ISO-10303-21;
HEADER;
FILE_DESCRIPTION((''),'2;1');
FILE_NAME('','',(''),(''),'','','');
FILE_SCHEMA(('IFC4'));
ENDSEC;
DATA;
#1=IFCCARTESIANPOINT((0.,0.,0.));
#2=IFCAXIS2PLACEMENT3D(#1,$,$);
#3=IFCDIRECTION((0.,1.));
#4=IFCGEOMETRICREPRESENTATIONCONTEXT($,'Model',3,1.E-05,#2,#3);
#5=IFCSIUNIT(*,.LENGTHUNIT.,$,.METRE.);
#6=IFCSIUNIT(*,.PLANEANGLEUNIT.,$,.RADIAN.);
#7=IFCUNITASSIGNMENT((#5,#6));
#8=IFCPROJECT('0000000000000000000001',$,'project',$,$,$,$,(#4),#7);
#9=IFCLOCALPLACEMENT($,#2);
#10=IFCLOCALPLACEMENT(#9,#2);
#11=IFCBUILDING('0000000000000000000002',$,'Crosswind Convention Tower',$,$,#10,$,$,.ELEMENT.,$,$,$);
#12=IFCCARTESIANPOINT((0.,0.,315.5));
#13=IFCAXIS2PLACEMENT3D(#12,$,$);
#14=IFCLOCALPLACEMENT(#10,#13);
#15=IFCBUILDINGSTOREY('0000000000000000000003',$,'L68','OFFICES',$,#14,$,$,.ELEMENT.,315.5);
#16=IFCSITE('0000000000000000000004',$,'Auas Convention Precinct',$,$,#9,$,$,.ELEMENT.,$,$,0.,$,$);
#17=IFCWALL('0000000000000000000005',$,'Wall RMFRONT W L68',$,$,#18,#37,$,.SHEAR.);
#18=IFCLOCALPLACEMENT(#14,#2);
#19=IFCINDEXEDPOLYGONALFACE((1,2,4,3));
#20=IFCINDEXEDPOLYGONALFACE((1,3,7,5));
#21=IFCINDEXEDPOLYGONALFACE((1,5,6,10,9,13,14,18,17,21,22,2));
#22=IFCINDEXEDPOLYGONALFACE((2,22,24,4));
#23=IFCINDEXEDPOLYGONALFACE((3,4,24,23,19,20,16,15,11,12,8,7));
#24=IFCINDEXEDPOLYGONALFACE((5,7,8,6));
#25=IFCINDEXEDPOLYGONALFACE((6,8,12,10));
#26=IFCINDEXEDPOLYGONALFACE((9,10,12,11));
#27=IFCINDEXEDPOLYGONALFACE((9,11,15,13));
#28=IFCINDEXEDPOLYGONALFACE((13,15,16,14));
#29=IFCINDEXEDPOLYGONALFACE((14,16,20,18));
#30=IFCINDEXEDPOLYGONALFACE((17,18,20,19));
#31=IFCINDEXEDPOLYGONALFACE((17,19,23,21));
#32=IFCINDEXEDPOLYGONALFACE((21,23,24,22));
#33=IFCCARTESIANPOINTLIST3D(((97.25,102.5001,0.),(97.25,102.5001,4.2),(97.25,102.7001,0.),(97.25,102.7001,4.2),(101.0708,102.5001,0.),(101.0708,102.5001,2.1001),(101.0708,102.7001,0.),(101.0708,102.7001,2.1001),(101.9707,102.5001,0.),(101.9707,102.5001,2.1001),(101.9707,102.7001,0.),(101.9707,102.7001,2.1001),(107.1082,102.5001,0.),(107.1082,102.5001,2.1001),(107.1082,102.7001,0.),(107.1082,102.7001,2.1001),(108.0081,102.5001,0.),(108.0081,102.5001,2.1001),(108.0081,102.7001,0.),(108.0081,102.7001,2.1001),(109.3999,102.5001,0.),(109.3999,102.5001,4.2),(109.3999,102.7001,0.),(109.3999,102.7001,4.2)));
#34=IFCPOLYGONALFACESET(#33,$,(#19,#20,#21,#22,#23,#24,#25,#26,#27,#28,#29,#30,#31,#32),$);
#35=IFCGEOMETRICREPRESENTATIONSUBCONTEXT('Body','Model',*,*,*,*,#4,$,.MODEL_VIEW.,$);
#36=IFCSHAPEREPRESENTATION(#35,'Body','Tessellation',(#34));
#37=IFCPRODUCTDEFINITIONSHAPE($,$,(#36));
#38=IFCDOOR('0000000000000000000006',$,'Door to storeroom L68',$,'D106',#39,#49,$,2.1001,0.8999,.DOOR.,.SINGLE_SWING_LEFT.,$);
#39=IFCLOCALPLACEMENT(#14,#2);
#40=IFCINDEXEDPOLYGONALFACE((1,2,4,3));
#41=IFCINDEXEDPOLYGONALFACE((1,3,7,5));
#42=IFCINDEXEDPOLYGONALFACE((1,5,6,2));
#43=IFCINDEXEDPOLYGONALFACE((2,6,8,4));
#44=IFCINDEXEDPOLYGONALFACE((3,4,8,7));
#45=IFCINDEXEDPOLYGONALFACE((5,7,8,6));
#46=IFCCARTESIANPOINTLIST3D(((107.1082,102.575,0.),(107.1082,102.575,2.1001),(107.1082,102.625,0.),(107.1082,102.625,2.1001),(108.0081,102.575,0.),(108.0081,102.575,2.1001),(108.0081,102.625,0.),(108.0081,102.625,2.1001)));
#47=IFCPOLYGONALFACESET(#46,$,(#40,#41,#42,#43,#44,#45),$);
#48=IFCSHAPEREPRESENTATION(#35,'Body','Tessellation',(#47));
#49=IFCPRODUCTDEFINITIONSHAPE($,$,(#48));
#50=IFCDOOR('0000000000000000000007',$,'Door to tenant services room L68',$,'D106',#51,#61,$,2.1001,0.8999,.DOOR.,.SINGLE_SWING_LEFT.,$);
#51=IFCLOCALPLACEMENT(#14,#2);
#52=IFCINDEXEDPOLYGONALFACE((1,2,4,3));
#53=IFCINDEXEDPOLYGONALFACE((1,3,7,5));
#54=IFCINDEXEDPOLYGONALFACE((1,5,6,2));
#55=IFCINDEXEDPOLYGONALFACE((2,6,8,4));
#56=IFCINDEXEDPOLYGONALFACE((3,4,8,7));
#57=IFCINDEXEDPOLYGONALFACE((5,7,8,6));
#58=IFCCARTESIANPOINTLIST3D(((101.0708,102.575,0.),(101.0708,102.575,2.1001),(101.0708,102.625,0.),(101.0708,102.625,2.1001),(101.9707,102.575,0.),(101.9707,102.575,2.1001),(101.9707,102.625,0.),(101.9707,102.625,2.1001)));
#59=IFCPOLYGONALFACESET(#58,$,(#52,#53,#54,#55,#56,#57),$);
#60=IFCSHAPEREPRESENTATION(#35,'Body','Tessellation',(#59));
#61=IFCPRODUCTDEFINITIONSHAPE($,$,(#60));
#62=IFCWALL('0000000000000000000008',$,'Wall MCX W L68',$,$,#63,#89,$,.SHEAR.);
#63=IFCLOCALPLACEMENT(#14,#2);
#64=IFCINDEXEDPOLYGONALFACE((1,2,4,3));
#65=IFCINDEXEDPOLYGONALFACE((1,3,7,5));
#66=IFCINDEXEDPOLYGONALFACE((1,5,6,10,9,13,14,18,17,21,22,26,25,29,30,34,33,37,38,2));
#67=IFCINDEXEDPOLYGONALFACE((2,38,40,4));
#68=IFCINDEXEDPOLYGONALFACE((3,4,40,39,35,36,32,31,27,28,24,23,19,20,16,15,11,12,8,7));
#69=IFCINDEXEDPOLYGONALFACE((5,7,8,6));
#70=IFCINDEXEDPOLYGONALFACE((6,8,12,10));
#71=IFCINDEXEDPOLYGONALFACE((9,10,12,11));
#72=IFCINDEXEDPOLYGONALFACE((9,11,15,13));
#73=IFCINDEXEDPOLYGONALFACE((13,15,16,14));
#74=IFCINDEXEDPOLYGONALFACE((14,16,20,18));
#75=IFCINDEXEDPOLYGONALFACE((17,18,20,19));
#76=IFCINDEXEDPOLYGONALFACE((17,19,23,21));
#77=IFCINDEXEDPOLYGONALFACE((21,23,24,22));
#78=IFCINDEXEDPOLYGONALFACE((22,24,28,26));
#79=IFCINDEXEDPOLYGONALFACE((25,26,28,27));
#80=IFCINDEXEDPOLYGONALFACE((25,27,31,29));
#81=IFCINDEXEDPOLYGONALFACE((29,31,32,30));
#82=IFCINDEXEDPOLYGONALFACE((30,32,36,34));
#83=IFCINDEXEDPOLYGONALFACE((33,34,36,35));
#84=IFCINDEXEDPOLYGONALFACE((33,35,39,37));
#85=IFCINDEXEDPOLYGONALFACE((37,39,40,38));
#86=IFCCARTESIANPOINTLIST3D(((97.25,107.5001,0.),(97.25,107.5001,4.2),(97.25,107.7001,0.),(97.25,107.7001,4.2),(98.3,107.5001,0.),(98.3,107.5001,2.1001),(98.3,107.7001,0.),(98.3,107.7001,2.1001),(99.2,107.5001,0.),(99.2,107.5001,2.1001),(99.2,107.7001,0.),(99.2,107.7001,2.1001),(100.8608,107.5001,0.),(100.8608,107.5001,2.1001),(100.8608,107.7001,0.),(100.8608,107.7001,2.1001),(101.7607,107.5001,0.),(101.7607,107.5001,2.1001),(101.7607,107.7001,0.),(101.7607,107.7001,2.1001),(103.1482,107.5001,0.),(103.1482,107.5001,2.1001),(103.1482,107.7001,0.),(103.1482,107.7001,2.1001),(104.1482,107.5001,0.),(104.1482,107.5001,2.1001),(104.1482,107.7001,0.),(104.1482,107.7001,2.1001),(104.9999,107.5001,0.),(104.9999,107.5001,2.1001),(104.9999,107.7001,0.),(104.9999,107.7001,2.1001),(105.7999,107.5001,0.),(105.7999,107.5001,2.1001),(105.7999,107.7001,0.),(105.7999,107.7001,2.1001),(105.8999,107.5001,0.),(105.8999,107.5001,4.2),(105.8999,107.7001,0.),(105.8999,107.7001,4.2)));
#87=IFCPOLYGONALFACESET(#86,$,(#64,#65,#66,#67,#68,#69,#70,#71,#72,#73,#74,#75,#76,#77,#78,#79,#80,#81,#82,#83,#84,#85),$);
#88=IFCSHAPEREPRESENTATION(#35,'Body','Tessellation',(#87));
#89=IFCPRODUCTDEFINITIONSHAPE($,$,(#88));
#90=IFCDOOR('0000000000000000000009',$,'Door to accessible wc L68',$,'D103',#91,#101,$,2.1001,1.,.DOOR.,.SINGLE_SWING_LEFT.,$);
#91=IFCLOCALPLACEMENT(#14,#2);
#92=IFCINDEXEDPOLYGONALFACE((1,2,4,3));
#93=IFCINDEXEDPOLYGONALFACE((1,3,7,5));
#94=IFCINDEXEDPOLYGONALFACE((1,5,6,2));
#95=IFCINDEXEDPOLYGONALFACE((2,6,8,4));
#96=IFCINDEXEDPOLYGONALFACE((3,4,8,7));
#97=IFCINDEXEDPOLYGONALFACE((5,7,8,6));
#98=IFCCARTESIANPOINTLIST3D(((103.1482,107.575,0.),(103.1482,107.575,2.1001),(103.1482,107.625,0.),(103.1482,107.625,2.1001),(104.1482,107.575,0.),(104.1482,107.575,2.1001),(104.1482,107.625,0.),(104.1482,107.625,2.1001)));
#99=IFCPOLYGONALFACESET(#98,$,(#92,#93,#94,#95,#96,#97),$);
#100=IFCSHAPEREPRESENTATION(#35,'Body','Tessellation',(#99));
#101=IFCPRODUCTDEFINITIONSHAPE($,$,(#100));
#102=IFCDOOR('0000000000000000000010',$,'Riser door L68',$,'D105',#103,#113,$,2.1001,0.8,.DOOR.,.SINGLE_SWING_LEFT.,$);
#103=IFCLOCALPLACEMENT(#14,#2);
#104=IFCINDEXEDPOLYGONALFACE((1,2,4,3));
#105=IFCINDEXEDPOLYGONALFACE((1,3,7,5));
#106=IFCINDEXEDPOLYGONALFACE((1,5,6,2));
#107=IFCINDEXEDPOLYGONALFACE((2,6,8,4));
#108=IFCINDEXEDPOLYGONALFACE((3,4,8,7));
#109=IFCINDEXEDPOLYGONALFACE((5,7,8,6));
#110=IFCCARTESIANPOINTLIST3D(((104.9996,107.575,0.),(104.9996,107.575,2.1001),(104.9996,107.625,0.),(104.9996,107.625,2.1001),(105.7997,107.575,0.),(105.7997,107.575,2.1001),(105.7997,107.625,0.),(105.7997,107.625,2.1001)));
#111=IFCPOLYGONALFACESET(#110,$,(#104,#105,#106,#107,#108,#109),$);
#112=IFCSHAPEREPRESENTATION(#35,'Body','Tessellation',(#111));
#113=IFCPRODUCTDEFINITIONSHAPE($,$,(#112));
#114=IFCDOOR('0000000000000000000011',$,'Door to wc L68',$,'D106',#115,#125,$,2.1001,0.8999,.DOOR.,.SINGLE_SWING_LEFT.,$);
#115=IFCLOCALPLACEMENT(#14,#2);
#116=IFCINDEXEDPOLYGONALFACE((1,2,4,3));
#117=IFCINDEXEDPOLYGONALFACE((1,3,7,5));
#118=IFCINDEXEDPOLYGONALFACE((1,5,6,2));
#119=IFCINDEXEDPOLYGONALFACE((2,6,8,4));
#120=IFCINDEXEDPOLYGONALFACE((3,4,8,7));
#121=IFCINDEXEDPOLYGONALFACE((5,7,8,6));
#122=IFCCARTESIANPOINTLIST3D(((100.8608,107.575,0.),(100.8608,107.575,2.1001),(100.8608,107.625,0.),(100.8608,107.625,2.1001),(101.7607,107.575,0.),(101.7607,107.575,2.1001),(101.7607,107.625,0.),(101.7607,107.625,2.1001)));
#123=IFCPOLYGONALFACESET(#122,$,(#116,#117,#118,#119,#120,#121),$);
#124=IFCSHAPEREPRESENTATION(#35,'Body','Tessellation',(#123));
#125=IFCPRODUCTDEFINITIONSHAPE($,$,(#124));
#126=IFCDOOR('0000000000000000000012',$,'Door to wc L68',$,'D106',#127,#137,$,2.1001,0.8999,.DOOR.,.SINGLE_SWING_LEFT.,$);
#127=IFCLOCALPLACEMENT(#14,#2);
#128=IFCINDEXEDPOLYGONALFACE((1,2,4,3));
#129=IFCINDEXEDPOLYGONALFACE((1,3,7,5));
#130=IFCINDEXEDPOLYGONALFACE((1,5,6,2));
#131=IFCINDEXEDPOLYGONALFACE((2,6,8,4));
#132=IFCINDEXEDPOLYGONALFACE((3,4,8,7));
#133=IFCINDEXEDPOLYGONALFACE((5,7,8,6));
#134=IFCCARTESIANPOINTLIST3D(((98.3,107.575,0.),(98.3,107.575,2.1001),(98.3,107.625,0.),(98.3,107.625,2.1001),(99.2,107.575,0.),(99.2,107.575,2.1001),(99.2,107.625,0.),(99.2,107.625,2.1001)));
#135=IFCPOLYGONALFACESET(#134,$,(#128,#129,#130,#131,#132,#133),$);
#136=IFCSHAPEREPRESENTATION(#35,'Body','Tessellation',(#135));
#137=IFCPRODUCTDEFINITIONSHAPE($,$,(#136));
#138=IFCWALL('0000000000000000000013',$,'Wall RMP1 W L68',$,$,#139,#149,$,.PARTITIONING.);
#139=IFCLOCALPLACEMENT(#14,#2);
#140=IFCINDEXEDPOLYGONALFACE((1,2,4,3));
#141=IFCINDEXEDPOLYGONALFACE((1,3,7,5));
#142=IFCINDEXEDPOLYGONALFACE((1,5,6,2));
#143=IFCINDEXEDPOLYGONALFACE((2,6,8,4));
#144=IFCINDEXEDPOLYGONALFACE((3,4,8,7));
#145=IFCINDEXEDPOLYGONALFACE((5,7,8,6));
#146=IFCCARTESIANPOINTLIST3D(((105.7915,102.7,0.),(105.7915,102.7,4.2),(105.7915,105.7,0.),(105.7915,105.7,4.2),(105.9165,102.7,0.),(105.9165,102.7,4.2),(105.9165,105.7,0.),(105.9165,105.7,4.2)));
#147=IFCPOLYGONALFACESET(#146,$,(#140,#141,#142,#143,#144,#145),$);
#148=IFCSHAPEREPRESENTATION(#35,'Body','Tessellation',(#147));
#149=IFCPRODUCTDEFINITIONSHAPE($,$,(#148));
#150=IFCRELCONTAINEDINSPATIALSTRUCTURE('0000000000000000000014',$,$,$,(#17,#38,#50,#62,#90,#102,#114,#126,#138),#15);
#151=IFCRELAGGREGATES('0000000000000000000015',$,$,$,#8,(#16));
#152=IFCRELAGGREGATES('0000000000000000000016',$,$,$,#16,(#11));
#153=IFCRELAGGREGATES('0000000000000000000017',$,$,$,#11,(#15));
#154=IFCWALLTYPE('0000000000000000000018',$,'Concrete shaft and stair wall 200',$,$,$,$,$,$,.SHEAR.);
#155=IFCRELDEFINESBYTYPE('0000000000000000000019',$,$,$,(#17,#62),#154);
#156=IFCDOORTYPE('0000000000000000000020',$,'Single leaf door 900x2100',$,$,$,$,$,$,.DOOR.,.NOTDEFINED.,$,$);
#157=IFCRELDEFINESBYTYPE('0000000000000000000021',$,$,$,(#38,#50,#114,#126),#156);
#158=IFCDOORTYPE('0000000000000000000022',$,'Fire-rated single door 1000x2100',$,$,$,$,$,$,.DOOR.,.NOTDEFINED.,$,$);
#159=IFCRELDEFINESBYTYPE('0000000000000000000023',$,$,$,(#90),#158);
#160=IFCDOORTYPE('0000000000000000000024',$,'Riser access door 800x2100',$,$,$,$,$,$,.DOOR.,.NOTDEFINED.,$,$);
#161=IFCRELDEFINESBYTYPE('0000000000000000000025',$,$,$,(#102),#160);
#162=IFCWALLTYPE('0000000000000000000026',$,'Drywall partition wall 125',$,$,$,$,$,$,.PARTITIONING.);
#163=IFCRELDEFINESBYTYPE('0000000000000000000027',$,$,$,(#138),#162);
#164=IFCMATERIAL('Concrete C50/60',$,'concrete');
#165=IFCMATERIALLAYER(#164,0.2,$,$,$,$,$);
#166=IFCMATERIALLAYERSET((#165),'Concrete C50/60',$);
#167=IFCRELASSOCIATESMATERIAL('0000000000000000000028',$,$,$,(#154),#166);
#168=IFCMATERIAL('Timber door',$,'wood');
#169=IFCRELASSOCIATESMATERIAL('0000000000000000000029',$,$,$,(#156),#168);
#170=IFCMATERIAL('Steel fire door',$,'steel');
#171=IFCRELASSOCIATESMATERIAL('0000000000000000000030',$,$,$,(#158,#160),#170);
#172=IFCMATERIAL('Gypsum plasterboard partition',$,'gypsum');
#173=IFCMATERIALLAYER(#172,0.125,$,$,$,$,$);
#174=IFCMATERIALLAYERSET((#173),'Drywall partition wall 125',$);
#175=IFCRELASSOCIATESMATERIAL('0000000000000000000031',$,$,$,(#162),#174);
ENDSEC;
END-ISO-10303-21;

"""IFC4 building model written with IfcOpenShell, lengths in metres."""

from ifc_helpers import new_model, si_unit, direction, frame, frame_2d, origin, place, context, subcontext, project, spatial, rectangle, extrude, material, layer, layer_set, type_object, element, fill, save


model = new_model("IFC4")

# Units and contexts
model_context = context("Model", 3, precision=1e-05, world=origin(), true_north=direction((0.0, 1.0)))
body_context = subcontext(model_context, "Body", "Model", "MODEL_VIEW")
ifc_project = project(units=[si_unit("LENGTHUNIT", "METRE"), si_unit("PLANEANGLEUNIT", "RADIAN")], contexts=[model_context])

# Site, building, storey
site_placement = place(None, origin())
site = spatial("IfcSite", under=ifc_project, at=site_placement, Name="Auas Convention Precinct", CompositionType="ELEMENT", RefElevation=0.0)
building_placement = place(site_placement, origin())
building = spatial("IfcBuilding", under=site, at=building_placement, Name="Crosswind Convention Tower", CompositionType="ELEMENT")
storey_placement = place(building_placement, frame((0.0, 0.0, 315.5)))
storey = spatial("IfcBuildingStorey", under=building, at=storey_placement, Name="L68", Description="OFFICES", CompositionType="ELEMENT", Elevation=315.5)

# Shared definitions
ifc_material_1 = material(Name="Concrete C50/60", Category="concrete")
ifc_layer_1 = layer(ifc_material_1, 0.2)
ifc_layer_set_1 = layer_set([ifc_layer_1], Name="Concrete C50/60")
wall_type_1 = type_object("IfcWallType", Name="Concrete shaft and stair wall 200", PredefinedType="SHEAR", material=ifc_layer_set_1)

# Walls, openings, doors
wall_1_placement = place(storey_placement, frame((109.3999, 102.6001, 0.0), z_axis=(0.0, 0.0, 1.0), x_axis=(-1.0, 0.0, 0.0)))
wall_1 = element("IfcWall", 1, at=wall_1_placement, inside=storey, type_object=wall_type_1, Name="Wall RMFRONT W L68", PredefinedType="SHEAR", context=body_context, shape_type="SweptSolid", body=[
    extrude(rectangle(XDim=12.1499, YDim=0.2, at=frame_2d((6.075, 0.0))), origin(), (0.0, 0.0, 1.0), 4.2),
])
opening_1_placement = place(wall_1_placement, frame((1.3918, 0.0, 0.0)))
opening_1 = element("IfcOpeningElement", 2, at=opening_1_placement, cuts=wall_1, PredefinedType="OPENING", context=body_context, shape_type="SweptSolid", body=[
    extrude(rectangle(XDim=0.8999, YDim=2.1001, at=frame_2d((0.45, 1.05))), frame((0.0, 0.1099, 0.0), z_axis=(0.0, -1.0, 0.0), x_axis=(1.0, 0.0, 0.0)), (0.0, 0.0, 1.0), 0.22),
])
opening_2_placement = place(wall_1_placement, frame((7.4292, 0.0, 0.0)))
opening_2 = element("IfcOpeningElement", 3, at=opening_2_placement, cuts=wall_1, PredefinedType="OPENING", context=body_context, shape_type="SweptSolid", body=[
    extrude(rectangle(XDim=0.8999, YDim=2.1001, at=frame_2d((0.45, 1.05))), frame((0.0, 0.1099, 0.0), z_axis=(0.0, -1.0, 0.0), x_axis=(1.0, 0.0, 0.0)), (0.0, 0.0, 1.0), 0.22),
])
ifc_material_2 = material(Name="Timber door", Category="wood")
door_type_1 = type_object("IfcDoorType", Name="Single leaf door 900x2100", OperationType="NOTDEFINED", PredefinedType="DOOR", material=ifc_material_2)
door_1_placement = place(opening_1_placement, frame((0.8999, 0.0, 0.0), z_axis=(0.0, 0.0, 1.0), x_axis=(-1.0, 0.0, 0.0)))
door_1 = element("IfcDoor", 4, at=door_1_placement, inside=storey, type_object=door_type_1, Name="Door to storeroom L68", ObjectType="D106", OperationType="SINGLE_SWING_LEFT", OverallHeight=2.1001, OverallWidth=0.8999, PredefinedType="DOOR", context=body_context, shape_type="SweptSolid", body=[
    extrude(rectangle(XDim=0.8999, YDim=2.1001, at=frame_2d((0.45, 1.05))), frame((0.0, 0.0249, 0.0), z_axis=(0.0, -1.0, 0.0), x_axis=(1.0, 0.0, 0.0)), (0.0, 0.0, 1.0), 0.05),
])
fill(opening_1, door_1)
door_2_placement = place(opening_2_placement, frame((0.8999, 0.0, 0.0), z_axis=(0.0, 0.0, 1.0), x_axis=(-1.0, 0.0, 0.0)))
door_2 = element("IfcDoor", 5, at=door_2_placement, inside=storey, type_object=door_type_1, Name="Door to tenant services room L68", ObjectType="D106", OperationType="SINGLE_SWING_LEFT", OverallHeight=2.1001, OverallWidth=0.8999, PredefinedType="DOOR", context=body_context, shape_type="SweptSolid", body=[
    extrude(rectangle(XDim=0.8999, YDim=2.1001, at=frame_2d((0.45, 1.05))), frame((0.0, 0.0249, 0.0), z_axis=(0.0, -1.0, 0.0), x_axis=(1.0, 0.0, 0.0)), (0.0, 0.0, 1.0), 0.05),
])
fill(opening_2, door_2)
wall_2_placement = place(storey_placement, frame((105.8999, 107.6001, 0.0), z_axis=(0.0, 0.0, 1.0), x_axis=(-1.0, 0.0, 0.0)))
wall_2 = element("IfcWall", 6, at=wall_2_placement, inside=storey, type_object=wall_type_1, Name="Wall MCX W L68", PredefinedType="SHEAR", context=body_context, shape_type="SweptSolid", body=[
    extrude(rectangle(XDim=8.6499, YDim=0.2, at=frame_2d((4.325, 0.0))), origin(), (0.0, 0.0, 1.0), 4.2),
])
opening_3_placement = place(wall_2_placement, frame((0.1001, 0.0, 0.0)))
opening_3 = element("IfcOpeningElement", 7, at=opening_3_placement, cuts=wall_2, PredefinedType="OPENING", context=body_context, shape_type="SweptSolid", body=[
    extrude(rectangle(XDim=0.8, YDim=2.1001, at=frame_2d((0.3999, 1.05))), frame((0.0, 0.1099, 0.0), z_axis=(0.0, -1.0, 0.0), x_axis=(1.0, 0.0, 0.0)), (0.0, 0.0, 1.0), 0.22),
])
opening_4_placement = place(wall_2_placement, frame((1.7517, 0.0, 0.0)))
opening_4 = element("IfcOpeningElement", 8, at=opening_4_placement, cuts=wall_2, PredefinedType="OPENING", context=body_context, shape_type="SweptSolid", body=[
    extrude(rectangle(XDim=1.0, YDim=2.1001, at=frame_2d((0.5, 1.05))), frame((0.0, 0.1099, 0.0), z_axis=(0.0, -1.0, 0.0), x_axis=(1.0, 0.0, 0.0)), (0.0, 0.0, 1.0), 0.22),
])
opening_5_placement = place(wall_2_placement, frame((4.1392, 0.0, 0.0)))
opening_5 = element("IfcOpeningElement", 9, at=opening_5_placement, cuts=wall_2, PredefinedType="OPENING", context=body_context, shape_type="SweptSolid", body=[
    extrude(rectangle(XDim=0.8999, YDim=2.1001, at=frame_2d((0.45, 1.05))), frame((0.0, 0.1099, 0.0), z_axis=(0.0, -1.0, 0.0), x_axis=(1.0, 0.0, 0.0)), (0.0, 0.0, 1.0), 0.22),
])
opening_6_placement = place(wall_2_placement, frame((6.7, 0.0, 0.0)))
opening_6 = element("IfcOpeningElement", 10, at=opening_6_placement, cuts=wall_2, PredefinedType="OPENING", context=body_context, shape_type="SweptSolid", body=[
    extrude(rectangle(XDim=0.8999, YDim=2.1001, at=frame_2d((0.45, 1.05))), frame((0.0, 0.1099, 0.0), z_axis=(0.0, -1.0, 0.0), x_axis=(1.0, 0.0, 0.0)), (0.0, 0.0, 1.0), 0.22),
])
ifc_material_3 = material(Name="Steel fire door", Category="steel")
door_type_2 = type_object("IfcDoorType", Name="Fire-rated single door 1000x2100", OperationType="NOTDEFINED", PredefinedType="DOOR", material=ifc_material_3)
door_3_placement = place(opening_4_placement, frame((1.0, 0.0, 0.0), z_axis=(0.0, 0.0, 1.0), x_axis=(-1.0, 0.0, 0.0)))
door_3 = element("IfcDoor", 11, at=door_3_placement, inside=storey, type_object=door_type_2, Name="Door to accessible wc L68", ObjectType="D103", OperationType="SINGLE_SWING_LEFT", OverallHeight=2.1001, OverallWidth=1.0, PredefinedType="DOOR", context=body_context, shape_type="SweptSolid", body=[
    extrude(rectangle(XDim=1.0, YDim=2.1001, at=frame_2d((0.5, 1.05))), frame((0.0, 0.0249, 0.0), z_axis=(0.0, -1.0, 0.0), x_axis=(1.0, 0.0, 0.0)), (0.0, 0.0, 1.0), 0.05),
])
fill(opening_4, door_3)
door_type_3 = type_object("IfcDoorType", Name="Riser access door 800x2100", OperationType="NOTDEFINED", PredefinedType="DOOR", material=ifc_material_3)
door_4_placement = place(opening_3_placement, frame((0.8, 0.0, 0.0), z_axis=(0.0, 0.0, 1.0), x_axis=(-1.0, 0.0, 0.0)))
door_4 = element("IfcDoor", 12, at=door_4_placement, inside=storey, type_object=door_type_3, Name="Riser door L68", ObjectType="D105", OperationType="SINGLE_SWING_LEFT", OverallHeight=2.1001, OverallWidth=0.8, PredefinedType="DOOR", context=body_context, shape_type="SweptSolid", body=[
    extrude(rectangle(XDim=0.8, YDim=2.1001, at=frame_2d((0.3999, 1.05))), frame((0.0, 0.0249, 0.0), z_axis=(0.0, -1.0, 0.0), x_axis=(1.0, 0.0, 0.0)), (0.0, 0.0, 1.0), 0.05),
])
fill(opening_3, door_4)
door_5_placement = place(opening_5_placement, frame((0.8999, 0.0, 0.0), z_axis=(0.0, 0.0, 1.0), x_axis=(-1.0, 0.0, 0.0)))
door_5 = element("IfcDoor", 13, at=door_5_placement, inside=storey, type_object=door_type_1, Name="Door to wc L68", ObjectType="D106", OperationType="SINGLE_SWING_LEFT", OverallHeight=2.1001, OverallWidth=0.8999, PredefinedType="DOOR", context=body_context, shape_type="SweptSolid", body=[
    extrude(rectangle(XDim=0.8999, YDim=2.1001, at=frame_2d((0.45, 1.05))), frame((0.0, 0.0249, 0.0), z_axis=(0.0, -1.0, 0.0), x_axis=(1.0, 0.0, 0.0)), (0.0, 0.0, 1.0), 0.05),
])
fill(opening_5, door_5)
door_6_placement = place(opening_6_placement, frame((0.8999, 0.0, 0.0), z_axis=(0.0, 0.0, 1.0), x_axis=(-1.0, 0.0, 0.0)))
door_6 = element("IfcDoor", 14, at=door_6_placement, inside=storey, type_object=door_type_1, Name="Door to wc L68", ObjectType="D106", OperationType="SINGLE_SWING_LEFT", OverallHeight=2.1001, OverallWidth=0.8999, PredefinedType="DOOR", context=body_context, shape_type="SweptSolid", body=[
    extrude(rectangle(XDim=0.8999, YDim=2.1001, at=frame_2d((0.45, 1.05))), frame((0.0, 0.0249, 0.0), z_axis=(0.0, -1.0, 0.0), x_axis=(1.0, 0.0, 0.0)), (0.0, 0.0, 1.0), 0.05),
])
fill(opening_6, door_6)

# Wall
ifc_material_4 = material(Name="Gypsum plasterboard partition", Category="gypsum")
ifc_layer_2 = layer(ifc_material_4, 0.125)
ifc_layer_set_2 = layer_set([ifc_layer_2], Name="Drywall partition wall 125")
wall_type_2 = type_object("IfcWallType", Name="Drywall partition wall 125", PredefinedType="PARTITIONING", material=ifc_layer_set_2)
wall_3_placement = place(storey_placement, frame((105.854, 105.7, 0.0), z_axis=(0.0, 0.0, 1.0), x_axis=(0.0, -1.0, 0.0)))
element("IfcWall", 15, at=wall_3_placement, inside=storey, type_object=wall_type_2, Name="Wall RMP1 W L68", PredefinedType="PARTITIONING", context=body_context, shape_type="SweptSolid", body=[
    extrude(rectangle(XDim=3.0, YDim=0.125, at=frame_2d((1.5, 0.0))), origin(), (0.0, 0.0, 1.0), 4.2),
])

save(model, "model.ifc")
